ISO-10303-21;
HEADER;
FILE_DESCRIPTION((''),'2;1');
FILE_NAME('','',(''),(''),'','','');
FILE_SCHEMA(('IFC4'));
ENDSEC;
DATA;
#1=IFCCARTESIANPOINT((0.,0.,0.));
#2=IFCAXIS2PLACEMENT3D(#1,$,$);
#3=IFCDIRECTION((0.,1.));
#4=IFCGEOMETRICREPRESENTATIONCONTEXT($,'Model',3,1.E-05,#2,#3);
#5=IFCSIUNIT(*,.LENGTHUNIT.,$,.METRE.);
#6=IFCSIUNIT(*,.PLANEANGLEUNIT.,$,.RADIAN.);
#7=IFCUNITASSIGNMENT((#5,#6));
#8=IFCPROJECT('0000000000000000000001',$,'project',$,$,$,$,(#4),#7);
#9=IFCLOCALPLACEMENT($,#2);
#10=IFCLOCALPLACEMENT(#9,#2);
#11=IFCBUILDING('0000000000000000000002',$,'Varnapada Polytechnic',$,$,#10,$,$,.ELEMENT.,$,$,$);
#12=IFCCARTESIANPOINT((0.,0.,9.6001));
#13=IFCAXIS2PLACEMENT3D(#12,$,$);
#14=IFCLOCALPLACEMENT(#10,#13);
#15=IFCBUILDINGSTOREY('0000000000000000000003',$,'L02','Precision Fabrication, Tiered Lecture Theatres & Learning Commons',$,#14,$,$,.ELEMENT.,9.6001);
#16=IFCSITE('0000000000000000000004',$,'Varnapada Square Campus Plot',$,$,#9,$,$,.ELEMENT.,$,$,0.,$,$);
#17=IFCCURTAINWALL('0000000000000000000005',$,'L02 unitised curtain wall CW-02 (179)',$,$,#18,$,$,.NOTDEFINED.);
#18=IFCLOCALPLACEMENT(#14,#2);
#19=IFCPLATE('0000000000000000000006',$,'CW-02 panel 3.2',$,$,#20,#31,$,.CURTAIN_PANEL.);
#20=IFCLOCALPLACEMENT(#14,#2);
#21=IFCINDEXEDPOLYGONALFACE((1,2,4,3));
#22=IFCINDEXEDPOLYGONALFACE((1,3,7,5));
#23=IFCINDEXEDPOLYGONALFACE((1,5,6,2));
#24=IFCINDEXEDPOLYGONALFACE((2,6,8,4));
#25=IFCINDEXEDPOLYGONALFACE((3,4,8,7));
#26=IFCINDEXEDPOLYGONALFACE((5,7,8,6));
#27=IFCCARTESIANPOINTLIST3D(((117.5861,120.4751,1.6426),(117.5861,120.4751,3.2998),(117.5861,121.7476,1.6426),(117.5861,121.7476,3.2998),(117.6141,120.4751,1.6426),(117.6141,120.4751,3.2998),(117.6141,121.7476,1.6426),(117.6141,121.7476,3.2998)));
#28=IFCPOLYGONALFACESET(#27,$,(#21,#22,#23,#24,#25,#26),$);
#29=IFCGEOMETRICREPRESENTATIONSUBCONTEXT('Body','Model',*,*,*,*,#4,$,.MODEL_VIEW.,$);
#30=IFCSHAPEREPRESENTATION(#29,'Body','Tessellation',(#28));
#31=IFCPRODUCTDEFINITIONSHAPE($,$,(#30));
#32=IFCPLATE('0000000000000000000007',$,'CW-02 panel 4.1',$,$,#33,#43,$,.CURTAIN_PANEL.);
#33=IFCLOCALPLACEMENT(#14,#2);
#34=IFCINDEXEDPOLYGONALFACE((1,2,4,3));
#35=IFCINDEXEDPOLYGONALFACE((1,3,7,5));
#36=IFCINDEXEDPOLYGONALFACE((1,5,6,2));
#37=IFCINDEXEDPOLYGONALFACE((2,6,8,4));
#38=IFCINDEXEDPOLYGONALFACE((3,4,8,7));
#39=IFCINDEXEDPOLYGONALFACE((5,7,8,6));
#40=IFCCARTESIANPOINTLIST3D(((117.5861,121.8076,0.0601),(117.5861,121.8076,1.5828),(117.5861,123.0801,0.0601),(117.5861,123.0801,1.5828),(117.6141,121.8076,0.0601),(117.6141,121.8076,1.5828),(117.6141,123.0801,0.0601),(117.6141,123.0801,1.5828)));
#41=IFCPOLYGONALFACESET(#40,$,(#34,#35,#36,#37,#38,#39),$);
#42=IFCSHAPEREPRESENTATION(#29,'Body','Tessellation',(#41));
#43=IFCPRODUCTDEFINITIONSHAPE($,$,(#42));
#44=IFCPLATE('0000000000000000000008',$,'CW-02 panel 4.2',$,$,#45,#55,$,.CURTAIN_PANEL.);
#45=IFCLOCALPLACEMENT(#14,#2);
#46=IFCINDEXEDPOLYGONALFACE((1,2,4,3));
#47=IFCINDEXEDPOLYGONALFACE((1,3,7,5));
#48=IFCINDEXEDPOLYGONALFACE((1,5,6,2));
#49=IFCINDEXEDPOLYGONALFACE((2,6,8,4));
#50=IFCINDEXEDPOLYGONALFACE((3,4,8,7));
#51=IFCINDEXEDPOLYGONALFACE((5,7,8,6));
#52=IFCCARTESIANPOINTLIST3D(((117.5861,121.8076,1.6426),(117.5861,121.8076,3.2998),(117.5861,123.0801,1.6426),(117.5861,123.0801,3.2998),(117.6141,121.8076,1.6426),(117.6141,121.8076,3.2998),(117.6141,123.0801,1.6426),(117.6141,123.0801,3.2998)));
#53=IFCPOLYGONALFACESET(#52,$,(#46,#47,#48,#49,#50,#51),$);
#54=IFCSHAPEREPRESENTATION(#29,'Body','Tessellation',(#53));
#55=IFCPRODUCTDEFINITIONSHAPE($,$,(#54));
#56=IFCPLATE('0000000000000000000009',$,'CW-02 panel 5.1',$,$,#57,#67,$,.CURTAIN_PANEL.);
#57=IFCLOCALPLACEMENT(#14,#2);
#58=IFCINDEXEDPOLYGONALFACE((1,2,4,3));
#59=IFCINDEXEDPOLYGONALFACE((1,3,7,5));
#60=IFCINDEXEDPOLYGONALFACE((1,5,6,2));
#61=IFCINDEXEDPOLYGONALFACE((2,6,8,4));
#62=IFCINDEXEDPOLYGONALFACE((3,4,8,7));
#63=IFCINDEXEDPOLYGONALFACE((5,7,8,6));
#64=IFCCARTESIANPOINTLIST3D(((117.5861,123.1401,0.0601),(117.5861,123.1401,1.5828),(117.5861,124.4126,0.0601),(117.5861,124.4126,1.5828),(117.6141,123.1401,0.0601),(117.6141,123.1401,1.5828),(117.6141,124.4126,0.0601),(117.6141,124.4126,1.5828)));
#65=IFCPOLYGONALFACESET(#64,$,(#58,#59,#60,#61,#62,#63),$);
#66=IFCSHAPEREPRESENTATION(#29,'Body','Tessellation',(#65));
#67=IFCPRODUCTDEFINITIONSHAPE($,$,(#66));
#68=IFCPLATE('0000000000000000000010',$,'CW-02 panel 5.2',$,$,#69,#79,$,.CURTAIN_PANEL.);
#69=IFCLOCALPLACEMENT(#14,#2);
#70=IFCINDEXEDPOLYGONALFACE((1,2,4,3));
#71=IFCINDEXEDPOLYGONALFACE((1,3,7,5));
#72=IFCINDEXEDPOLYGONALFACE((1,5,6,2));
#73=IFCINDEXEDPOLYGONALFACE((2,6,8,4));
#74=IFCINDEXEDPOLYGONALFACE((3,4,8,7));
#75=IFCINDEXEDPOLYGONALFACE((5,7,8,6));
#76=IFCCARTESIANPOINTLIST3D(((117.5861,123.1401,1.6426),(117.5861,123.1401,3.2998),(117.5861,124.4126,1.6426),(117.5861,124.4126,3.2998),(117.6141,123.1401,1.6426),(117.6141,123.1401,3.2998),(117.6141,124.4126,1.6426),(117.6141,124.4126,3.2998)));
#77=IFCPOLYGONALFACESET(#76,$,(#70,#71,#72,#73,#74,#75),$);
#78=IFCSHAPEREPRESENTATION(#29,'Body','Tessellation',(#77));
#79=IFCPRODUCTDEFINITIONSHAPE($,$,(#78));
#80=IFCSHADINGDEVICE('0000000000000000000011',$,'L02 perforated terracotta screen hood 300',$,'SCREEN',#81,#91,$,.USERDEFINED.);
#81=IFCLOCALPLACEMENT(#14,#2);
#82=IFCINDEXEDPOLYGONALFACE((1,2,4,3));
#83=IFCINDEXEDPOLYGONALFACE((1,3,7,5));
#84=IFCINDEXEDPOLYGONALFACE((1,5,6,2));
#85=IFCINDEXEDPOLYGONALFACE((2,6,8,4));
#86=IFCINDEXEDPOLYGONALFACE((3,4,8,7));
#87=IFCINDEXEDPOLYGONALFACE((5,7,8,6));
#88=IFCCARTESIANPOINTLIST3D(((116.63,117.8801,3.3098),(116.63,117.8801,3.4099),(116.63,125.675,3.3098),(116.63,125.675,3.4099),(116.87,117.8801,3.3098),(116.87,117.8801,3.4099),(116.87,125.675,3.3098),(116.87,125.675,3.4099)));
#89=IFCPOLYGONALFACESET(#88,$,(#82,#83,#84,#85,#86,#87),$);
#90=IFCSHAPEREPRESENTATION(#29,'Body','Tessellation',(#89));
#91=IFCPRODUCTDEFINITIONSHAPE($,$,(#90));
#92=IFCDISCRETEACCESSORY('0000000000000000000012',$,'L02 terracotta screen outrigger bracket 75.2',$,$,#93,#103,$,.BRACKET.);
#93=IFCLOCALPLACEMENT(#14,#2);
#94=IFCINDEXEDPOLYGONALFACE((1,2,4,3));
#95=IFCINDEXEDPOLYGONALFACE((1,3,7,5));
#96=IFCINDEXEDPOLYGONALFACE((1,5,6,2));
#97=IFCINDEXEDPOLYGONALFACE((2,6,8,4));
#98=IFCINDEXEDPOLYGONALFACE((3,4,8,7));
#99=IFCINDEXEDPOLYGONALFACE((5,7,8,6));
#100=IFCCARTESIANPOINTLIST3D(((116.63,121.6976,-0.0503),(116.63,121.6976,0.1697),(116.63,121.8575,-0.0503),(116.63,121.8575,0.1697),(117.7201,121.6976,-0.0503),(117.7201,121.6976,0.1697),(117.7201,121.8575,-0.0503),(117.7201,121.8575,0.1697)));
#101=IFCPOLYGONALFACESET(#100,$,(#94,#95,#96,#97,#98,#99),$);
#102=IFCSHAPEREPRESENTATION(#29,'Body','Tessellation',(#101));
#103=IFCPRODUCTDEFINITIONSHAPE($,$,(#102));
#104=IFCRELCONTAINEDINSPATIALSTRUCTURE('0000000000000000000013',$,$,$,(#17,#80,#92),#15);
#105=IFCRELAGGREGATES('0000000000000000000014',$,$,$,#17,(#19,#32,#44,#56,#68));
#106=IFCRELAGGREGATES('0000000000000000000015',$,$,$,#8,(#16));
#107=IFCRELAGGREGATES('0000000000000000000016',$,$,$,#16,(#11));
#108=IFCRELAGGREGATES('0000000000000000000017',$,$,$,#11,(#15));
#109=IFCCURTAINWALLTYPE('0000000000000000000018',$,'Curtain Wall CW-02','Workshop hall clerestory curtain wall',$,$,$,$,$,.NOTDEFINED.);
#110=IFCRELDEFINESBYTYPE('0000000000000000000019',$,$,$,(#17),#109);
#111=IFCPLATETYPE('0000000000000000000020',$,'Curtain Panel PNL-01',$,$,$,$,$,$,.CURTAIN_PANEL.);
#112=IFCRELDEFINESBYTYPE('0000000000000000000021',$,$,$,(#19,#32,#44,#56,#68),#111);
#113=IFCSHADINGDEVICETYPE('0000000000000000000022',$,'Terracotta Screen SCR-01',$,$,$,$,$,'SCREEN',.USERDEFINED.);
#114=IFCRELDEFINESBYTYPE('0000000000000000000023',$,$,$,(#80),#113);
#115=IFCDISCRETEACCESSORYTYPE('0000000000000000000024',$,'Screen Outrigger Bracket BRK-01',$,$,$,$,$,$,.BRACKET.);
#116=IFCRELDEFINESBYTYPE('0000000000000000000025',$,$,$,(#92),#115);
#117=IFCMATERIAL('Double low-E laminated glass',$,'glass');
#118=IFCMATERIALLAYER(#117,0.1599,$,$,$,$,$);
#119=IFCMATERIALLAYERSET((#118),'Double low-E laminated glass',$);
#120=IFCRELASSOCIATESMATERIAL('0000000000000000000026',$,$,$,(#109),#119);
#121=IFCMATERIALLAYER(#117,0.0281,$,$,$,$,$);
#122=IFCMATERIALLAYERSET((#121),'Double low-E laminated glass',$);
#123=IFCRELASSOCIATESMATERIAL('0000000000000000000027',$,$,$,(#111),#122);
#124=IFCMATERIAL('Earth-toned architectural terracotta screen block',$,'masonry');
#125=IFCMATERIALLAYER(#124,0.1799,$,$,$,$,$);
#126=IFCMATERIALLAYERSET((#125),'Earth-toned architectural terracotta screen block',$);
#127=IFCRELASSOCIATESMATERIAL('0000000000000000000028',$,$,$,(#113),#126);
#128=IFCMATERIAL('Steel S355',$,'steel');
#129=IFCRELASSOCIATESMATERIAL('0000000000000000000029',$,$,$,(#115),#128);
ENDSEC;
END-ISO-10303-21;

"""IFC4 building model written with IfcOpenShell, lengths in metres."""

from ifc_helpers import new_model, si_unit, direction, frame, origin, origin_2d, place, context, subcontext, project, spatial, rectangle, extrude, material, layer, layer_set, type_object, element, aggregate, save


model = new_model("IFC4")

# Units and contexts
model_context = context("Model", 3, precision=1e-05, world=origin(), true_north=direction((0.0, 1.0)))
body_context = subcontext(model_context, "Body", "Model", "MODEL_VIEW")
ifc_project = project(units=[si_unit("LENGTHUNIT", "METRE"), si_unit("PLANEANGLEUNIT", "RADIAN")], contexts=[model_context])

# Site, building, storey
site_placement = place(None, origin())
site = spatial("IfcSite", under=ifc_project, at=site_placement, Name="Varnapada Square Campus Plot", CompositionType="ELEMENT", RefElevation=0.0)
building_placement = place(site_placement, origin())
building = spatial("IfcBuilding", under=site, at=building_placement, Name="Varnapada Polytechnic", CompositionType="ELEMENT")
storey_placement = place(building_placement, frame((0.0, 0.0, 9.6001)))
storey = spatial("IfcBuildingStorey", under=building, at=storey_placement, Name="L02", Description="Precision Fabrication, Tiered Lecture Theatres & Learning Commons", CompositionType="ELEMENT", Elevation=9.6001)

# Curtain wall, plates
ifc_material_1 = material(Name="Double low-E laminated glass", Category="glass")
ifc_layer_1 = layer(ifc_material_1, 0.1599)
ifc_layer_set_1 = layer_set([ifc_layer_1], Name="Double low-E laminated glass")
curtain_wall_type = type_object("IfcCurtainWallType", Name="Curtain Wall CW-02", Description="Workshop hall clerestory curtain wall", PredefinedType="NOTDEFINED", material=ifc_layer_set_1)
curtain_wall_placement = place(storey_placement, origin())
curtain_wall = element("IfcCurtainWall", 1, at=curtain_wall_placement, inside=storey, type_object=curtain_wall_type, Name="L02 unitised curtain wall CW-02 (179)", PredefinedType="NOTDEFINED")
ifc_layer_2 = layer(ifc_material_1, 0.0281)
ifc_layer_set_2 = layer_set([ifc_layer_2], Name="Double low-E laminated glass")
plate_type = type_object("IfcPlateType", Name="Curtain Panel PNL-01", PredefinedType="CURTAIN_PANEL", material=ifc_layer_set_2)
plate_1_placement = place(storey_placement, frame((117.6001, 121.1113, 1.6426), z_axis=(0.0, 0.0, 1.0), x_axis=(0.0, 1.0, 0.0)))
plate_1 = element("IfcPlate", 2, at=plate_1_placement, type_object=plate_type, Name="CW-02 panel 3.2", PredefinedType="CURTAIN_PANEL", context=body_context, shape_type="SweptSolid", body=[
    extrude(rectangle(XDim=1.2725, YDim=0.0281, at=origin_2d()), origin(), (0.0, 0.0, 1.0), 1.6572),
])
plate_2_placement = place(storey_placement, frame((117.6001, 122.4438, 0.0601), z_axis=(0.0, 0.0, 1.0), x_axis=(0.0, 1.0, 0.0)))
plate_2 = element("IfcPlate", 3, at=plate_2_placement, type_object=plate_type, Name="CW-02 panel 4.1", PredefinedType="CURTAIN_PANEL", context=body_context, shape_type="SweptSolid", body=[
    extrude(rectangle(XDim=1.2725, YDim=0.0281, at=origin_2d()), origin(), (0.0, 0.0, 1.0), 1.5227),
])
plate_3_placement = place(storey_placement, frame((117.6001, 122.4438, 1.6426), z_axis=(0.0, 0.0, 1.0), x_axis=(0.0, 1.0, 0.0)))
plate_3 = element("IfcPlate", 4, at=plate_3_placement, type_object=plate_type, Name="CW-02 panel 4.2", PredefinedType="CURTAIN_PANEL", context=body_context, shape_type="SweptSolid", body=[
    extrude(rectangle(XDim=1.2725, YDim=0.0281, at=origin_2d()), origin(), (0.0, 0.0, 1.0), 1.6572),
])
plate_4_placement = place(storey_placement, frame((117.6001, 123.7764, 0.0601), z_axis=(0.0, 0.0, 1.0), x_axis=(0.0, 1.0, 0.0)))
plate_4 = element("IfcPlate", 5, at=plate_4_placement, type_object=plate_type, Name="CW-02 panel 5.1", PredefinedType="CURTAIN_PANEL", context=body_context, shape_type="SweptSolid", body=[
    extrude(rectangle(XDim=1.2725, YDim=0.0281, at=origin_2d()), origin(), (0.0, 0.0, 1.0), 1.5227),
])
plate_5_placement = place(storey_placement, frame((117.6001, 123.7764, 1.6426), z_axis=(0.0, 0.0, 1.0), x_axis=(0.0, 1.0, 0.0)))
plate_5 = element("IfcPlate", 6, at=plate_5_placement, type_object=plate_type, Name="CW-02 panel 5.2", PredefinedType="CURTAIN_PANEL", context=body_context, shape_type="SweptSolid", body=[
    extrude(rectangle(XDim=1.2725, YDim=0.0281, at=origin_2d()), origin(), (0.0, 0.0, 1.0), 1.6572),
])
aggregate(curtain_wall, [plate_1, plate_2, plate_3, plate_4, plate_5])

# Shading device
ifc_material_2 = material(Name="Earth-toned architectural terracotta screen block", Category="masonry")
ifc_layer_3 = layer(ifc_material_2, 0.1799)
ifc_layer_set_3 = layer_set([ifc_layer_3], Name="Earth-toned architectural terracotta screen block")
shading_device_type = type_object("IfcShadingDeviceType", Name="Terracotta Screen SCR-01", ElementType="SCREEN", PredefinedType="USERDEFINED", material=ifc_layer_set_3)
shading_device_placement = place(storey_placement, frame((116.75, 121.7776, 3.3098), z_axis=(0.0, 0.0, 1.0), x_axis=(0.0, 1.0, 0.0)))
element("IfcShadingDevice", 7, at=shading_device_placement, inside=storey, type_object=shading_device_type, Name="L02 perforated terracotta screen hood 300", ObjectType="SCREEN", PredefinedType="USERDEFINED", context=body_context, shape_type="SweptSolid", body=[
    extrude(rectangle(XDim=7.7949, YDim=0.24, at=origin_2d()), origin(), (0.0, 0.0, 1.0), 0.1001),
])

# Discrete accessory
ifc_material_3 = material(Name="Steel S355", Category="steel")
discrete_accessory_type = type_object("IfcDiscreteAccessoryType", Name="Screen Outrigger Bracket BRK-01", PredefinedType="BRACKET", material=ifc_material_3)
discrete_accessory_placement = place(storey_placement, frame((117.175, 121.7776, -0.0503), z_axis=(0.0, 0.0, 1.0), x_axis=(0.0, 1.0, 0.0)))
element("IfcDiscreteAccessory", 8, at=discrete_accessory_placement, inside=storey, type_object=discrete_accessory_type, Name="L02 terracotta screen outrigger bracket 75.2", PredefinedType="BRACKET", context=body_context, shape_type="SweptSolid", body=[
    extrude(rectangle(XDim=0.1599, YDim=1.0901, at=origin_2d()), origin(), (0.0, 0.0, 1.0), 0.22),
])

save(model, "model.ifc")
